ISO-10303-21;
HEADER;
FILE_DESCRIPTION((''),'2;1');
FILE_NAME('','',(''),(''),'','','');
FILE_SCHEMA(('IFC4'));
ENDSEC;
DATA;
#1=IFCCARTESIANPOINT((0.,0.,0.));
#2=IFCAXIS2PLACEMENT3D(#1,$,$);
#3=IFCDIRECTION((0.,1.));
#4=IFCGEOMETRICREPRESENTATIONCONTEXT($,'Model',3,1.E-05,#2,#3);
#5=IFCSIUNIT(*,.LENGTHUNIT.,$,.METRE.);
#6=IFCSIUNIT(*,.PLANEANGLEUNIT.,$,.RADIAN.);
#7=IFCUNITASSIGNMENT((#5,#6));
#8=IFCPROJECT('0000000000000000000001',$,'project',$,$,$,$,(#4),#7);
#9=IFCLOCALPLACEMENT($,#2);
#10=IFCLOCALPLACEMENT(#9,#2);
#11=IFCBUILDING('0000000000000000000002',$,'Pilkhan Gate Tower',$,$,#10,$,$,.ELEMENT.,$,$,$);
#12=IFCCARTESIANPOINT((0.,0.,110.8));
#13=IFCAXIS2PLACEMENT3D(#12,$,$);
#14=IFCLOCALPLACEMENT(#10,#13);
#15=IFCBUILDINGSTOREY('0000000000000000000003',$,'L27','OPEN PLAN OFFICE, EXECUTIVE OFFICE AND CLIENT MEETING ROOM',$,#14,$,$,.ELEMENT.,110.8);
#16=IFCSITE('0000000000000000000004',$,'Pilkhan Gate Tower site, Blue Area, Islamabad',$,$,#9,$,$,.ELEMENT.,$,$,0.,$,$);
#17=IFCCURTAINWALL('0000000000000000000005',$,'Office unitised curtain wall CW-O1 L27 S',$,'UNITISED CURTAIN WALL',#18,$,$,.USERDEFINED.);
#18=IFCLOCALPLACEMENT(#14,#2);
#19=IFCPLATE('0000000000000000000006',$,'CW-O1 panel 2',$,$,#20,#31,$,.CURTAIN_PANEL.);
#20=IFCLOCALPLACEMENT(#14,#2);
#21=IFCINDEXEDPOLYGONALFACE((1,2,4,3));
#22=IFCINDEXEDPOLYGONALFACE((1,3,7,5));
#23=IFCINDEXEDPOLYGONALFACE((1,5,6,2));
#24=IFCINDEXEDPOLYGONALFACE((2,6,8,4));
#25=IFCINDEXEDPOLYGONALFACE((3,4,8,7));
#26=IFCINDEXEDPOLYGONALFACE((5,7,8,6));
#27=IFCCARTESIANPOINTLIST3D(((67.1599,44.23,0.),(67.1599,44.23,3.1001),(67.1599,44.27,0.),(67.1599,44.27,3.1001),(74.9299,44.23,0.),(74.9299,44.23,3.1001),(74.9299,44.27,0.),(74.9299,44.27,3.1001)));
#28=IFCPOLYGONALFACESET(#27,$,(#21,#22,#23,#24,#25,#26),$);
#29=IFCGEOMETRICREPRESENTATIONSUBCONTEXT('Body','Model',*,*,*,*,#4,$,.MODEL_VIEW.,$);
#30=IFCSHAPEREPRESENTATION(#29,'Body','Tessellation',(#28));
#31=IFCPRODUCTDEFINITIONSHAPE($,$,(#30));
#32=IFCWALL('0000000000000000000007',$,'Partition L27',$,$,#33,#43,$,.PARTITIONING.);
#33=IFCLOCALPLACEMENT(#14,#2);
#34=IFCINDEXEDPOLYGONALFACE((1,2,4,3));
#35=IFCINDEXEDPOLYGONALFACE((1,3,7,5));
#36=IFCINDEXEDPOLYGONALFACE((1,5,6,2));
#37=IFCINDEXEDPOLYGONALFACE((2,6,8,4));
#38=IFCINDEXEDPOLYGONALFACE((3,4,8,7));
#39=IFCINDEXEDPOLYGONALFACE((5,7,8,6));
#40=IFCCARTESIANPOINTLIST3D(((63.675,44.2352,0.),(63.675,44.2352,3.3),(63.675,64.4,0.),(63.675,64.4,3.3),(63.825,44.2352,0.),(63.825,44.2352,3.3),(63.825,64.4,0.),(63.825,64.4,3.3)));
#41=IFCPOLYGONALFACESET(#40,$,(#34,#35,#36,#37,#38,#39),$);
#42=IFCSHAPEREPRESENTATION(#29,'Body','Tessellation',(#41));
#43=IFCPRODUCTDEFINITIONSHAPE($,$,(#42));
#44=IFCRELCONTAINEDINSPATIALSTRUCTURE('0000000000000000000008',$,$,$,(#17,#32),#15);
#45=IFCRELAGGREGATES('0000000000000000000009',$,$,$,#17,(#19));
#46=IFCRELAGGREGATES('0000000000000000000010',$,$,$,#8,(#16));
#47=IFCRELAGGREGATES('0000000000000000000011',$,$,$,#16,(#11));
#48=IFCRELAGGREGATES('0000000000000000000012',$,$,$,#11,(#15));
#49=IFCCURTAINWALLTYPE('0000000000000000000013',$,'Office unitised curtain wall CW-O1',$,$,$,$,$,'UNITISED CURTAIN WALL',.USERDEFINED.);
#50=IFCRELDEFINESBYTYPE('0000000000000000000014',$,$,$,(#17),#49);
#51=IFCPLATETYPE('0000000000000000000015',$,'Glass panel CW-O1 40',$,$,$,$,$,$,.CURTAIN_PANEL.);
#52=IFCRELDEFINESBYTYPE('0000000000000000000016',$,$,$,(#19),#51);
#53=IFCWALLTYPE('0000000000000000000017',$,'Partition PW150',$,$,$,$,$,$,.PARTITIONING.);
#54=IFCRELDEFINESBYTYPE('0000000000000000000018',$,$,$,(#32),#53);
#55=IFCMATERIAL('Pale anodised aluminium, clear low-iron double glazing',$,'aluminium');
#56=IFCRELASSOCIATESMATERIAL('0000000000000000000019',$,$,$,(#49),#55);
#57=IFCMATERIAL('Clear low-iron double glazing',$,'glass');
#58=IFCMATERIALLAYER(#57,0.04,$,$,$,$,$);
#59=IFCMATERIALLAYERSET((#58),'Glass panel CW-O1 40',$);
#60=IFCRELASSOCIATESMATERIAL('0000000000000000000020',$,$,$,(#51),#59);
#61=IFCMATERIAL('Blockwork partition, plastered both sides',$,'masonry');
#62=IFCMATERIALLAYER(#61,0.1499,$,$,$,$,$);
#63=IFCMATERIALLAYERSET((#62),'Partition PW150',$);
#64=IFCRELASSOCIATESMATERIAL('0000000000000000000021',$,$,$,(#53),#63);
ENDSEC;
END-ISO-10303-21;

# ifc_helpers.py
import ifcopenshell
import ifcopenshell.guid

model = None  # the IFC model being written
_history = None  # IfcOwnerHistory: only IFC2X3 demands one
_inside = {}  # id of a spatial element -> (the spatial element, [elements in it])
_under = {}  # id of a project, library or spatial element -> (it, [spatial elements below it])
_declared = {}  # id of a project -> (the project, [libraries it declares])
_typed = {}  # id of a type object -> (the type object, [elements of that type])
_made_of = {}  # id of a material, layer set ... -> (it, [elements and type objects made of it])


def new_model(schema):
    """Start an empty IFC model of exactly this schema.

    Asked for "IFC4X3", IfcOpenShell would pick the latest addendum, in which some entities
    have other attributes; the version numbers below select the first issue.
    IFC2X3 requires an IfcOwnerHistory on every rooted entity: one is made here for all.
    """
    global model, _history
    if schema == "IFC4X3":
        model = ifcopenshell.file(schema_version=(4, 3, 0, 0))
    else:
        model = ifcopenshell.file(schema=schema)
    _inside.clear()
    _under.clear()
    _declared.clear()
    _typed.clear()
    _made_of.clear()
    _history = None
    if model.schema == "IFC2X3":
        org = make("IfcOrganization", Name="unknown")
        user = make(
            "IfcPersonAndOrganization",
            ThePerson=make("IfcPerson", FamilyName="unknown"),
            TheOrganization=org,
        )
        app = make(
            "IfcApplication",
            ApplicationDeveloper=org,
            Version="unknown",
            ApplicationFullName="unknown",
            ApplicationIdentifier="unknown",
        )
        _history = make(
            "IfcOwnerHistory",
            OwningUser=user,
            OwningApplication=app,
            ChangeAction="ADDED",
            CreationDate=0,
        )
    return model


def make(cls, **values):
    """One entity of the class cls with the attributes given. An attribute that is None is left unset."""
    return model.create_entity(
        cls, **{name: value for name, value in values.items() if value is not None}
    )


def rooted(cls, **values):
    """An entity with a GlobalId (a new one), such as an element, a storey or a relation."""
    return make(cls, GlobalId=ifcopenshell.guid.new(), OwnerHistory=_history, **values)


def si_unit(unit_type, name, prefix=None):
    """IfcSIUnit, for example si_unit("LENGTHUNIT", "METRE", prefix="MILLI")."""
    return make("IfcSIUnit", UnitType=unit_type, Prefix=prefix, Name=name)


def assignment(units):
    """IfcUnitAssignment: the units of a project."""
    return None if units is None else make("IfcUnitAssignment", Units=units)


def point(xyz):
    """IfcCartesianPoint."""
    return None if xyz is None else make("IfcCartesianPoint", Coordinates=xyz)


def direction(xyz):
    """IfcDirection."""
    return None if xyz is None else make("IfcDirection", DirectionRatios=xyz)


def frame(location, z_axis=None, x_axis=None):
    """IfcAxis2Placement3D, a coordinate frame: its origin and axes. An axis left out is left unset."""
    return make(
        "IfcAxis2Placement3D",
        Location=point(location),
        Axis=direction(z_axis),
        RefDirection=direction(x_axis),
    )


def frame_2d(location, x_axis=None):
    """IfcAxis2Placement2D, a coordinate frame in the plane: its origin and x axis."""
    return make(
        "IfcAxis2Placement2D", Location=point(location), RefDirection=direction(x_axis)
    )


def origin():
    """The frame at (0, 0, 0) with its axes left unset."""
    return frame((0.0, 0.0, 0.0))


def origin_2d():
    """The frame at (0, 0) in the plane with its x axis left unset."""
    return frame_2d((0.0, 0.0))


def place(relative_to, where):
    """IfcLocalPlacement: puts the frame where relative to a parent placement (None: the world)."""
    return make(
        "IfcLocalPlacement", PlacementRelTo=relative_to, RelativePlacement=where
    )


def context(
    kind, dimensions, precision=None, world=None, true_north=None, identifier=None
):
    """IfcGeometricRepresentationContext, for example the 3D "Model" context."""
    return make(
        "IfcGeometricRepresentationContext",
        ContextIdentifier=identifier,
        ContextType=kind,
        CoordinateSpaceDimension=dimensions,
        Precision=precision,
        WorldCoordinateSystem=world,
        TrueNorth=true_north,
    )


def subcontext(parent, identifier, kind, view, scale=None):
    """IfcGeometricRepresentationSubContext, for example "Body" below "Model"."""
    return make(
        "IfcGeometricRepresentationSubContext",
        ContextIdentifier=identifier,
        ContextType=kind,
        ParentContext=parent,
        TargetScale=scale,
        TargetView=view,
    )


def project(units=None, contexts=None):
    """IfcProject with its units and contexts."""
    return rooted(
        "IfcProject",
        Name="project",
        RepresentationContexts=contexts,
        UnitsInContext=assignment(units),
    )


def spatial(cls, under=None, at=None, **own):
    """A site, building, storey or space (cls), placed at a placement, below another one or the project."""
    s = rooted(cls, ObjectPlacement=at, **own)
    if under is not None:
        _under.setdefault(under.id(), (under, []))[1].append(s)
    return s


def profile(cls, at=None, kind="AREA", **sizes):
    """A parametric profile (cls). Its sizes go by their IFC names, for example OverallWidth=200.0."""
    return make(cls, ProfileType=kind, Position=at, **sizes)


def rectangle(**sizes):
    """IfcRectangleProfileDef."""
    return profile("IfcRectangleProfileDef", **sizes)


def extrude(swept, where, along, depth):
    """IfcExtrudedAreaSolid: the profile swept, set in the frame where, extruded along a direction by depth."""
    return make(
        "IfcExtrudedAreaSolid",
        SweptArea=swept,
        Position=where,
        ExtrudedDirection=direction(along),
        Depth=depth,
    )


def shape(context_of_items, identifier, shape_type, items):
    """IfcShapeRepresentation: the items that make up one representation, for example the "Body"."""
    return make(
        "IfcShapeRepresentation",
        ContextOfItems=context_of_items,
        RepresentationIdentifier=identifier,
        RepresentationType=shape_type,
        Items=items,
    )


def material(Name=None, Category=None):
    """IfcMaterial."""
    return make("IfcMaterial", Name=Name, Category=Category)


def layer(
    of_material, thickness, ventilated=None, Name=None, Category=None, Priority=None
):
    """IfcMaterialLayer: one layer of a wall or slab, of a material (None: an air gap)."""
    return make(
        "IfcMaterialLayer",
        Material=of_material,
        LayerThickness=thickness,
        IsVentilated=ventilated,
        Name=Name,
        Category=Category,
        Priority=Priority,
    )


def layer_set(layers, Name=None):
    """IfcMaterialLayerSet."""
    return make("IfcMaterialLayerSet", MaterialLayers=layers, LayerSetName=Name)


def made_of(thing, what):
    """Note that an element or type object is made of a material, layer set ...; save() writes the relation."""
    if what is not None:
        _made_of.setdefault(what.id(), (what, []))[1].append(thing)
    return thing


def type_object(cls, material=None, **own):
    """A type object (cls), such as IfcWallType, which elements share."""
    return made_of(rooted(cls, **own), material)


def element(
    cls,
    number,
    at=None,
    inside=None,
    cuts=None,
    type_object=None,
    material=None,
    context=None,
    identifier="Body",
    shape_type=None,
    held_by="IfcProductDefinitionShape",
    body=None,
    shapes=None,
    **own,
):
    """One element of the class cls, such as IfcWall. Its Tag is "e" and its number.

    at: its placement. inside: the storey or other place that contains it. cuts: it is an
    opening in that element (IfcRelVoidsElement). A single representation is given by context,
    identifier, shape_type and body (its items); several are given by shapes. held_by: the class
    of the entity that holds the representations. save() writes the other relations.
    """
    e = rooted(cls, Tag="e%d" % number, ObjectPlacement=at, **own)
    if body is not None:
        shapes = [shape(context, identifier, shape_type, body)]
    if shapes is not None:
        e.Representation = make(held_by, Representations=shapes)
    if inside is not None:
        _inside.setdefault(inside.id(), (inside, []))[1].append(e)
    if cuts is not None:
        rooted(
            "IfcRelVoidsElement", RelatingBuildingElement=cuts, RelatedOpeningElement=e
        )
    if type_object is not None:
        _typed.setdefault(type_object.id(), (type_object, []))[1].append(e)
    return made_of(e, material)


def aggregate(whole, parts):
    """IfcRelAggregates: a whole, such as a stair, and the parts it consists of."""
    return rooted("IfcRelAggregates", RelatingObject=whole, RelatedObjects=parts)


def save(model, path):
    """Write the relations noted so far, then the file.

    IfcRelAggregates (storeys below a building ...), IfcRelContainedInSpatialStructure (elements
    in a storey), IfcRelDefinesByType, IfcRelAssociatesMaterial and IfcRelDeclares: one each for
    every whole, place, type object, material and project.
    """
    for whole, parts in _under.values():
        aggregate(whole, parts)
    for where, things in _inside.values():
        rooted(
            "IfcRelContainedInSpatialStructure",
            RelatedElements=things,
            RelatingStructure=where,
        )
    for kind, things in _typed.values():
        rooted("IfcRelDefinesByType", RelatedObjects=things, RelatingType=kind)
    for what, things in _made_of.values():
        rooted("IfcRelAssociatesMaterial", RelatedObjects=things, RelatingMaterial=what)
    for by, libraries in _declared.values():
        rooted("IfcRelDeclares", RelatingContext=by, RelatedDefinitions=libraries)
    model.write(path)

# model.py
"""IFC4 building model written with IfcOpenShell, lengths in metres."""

from ifc_helpers import new_model, si_unit, direction, frame, frame_2d, origin, origin_2d, place, context, subcontext, project, spatial, rectangle, extrude, material, layer, layer_set, type_object, element, aggregate, save


model = new_model("IFC4")

# Units and contexts
model_context = context("Model", 3, precision=1e-05, world=origin(), true_north=direction((0.0, 1.0)))
body_context = subcontext(model_context, "Body", "Model", "MODEL_VIEW")
ifc_project = project(units=[si_unit("LENGTHUNIT", "METRE"), si_unit("PLANEANGLEUNIT", "RADIAN")], contexts=[model_context])

# Site, building, storey
site_placement = place(None, origin())
site = spatial("IfcSite", under=ifc_project, at=site_placement, Name="Pilkhan Gate Tower site, Blue Area, Islamabad", CompositionType="ELEMENT", RefElevation=0.0)
building_placement = place(site_placement, origin())
building = spatial("IfcBuilding", under=site, at=building_placement, Name="Pilkhan Gate Tower", CompositionType="ELEMENT")
storey_placement = place(building_placement, frame((0.0, 0.0, 110.8)))
storey = spatial("IfcBuildingStorey", under=building, at=storey_placement, Name="L27", Description="OPEN PLAN OFFICE, EXECUTIVE OFFICE AND CLIENT MEETING ROOM", CompositionType="ELEMENT", Elevation=110.8)

# Shared definitions
ifc_material_1 = material(Name="Pale anodised aluminium, clear low-iron double glazing", Category="aluminium")
curtain_wall_type = type_object("IfcCurtainWallType", Name="Office unitised curtain wall CW-O1", ElementType="UNITISED CURTAIN WALL", PredefinedType="USERDEFINED", material=ifc_material_1)

# Curtain wall
curtain_wall_1_placement = place(storey_placement, origin())
curtain_wall_1 = element("IfcCurtainWall", 1, at=curtain_wall_1_placement, inside=storey, type_object=curtain_wall_type, Name="Office unitised curtain wall CW-O1 L27 S", ObjectType="UNITISED CURTAIN WALL", PredefinedType="USERDEFINED")

# Plate
ifc_material_2 = material(Name="Clear low-iron double glazing", Category="glass")
ifc_layer_1 = layer(ifc_material_2, 0.04)
ifc_layer_set_1 = layer_set([ifc_layer_1], Name="Glass panel CW-O1 40")
plate_type = type_object("IfcPlateType", Name="Glass panel CW-O1 40", PredefinedType="CURTAIN_PANEL", material=ifc_layer_set_1)
plate_1_placement = place(storey_placement, frame((71.0449, 44.25, 0.0), z_axis=(0.0, 0.0, 1.0), x_axis=(1.0, 0.0, 0.0)))
plate_1 = element("IfcPlate", 2, at=plate_1_placement, type_object=plate_type, Name="CW-O1 panel 2", PredefinedType="CURTAIN_PANEL", context=body_context, shape_type="SweptSolid", body=[
    extrude(rectangle(XDim=7.77, YDim=0.04, at=origin_2d()), origin(), (0.0, 0.0, 1.0), 3.1001),
])
aggregate(curtain_wall_1, [plate_1])

# Wall
ifc_material_3 = material(Name="Blockwork partition, plastered both sides", Category="masonry")
ifc_layer_2 = layer(ifc_material_3, 0.1499)
ifc_layer_set_2 = layer_set([ifc_layer_2], Name="Partition PW150")
wall_type = type_object("IfcWallType", Name="Partition PW150", PredefinedType="PARTITIONING", material=ifc_layer_set_2)
wall_placement = place(storey_placement, frame((63.75, 44.2351, 0.0), z_axis=(0.0, 0.0, 1.0), x_axis=(0.0, 1.0, 0.0)))
element("IfcWall", 3, at=wall_placement, inside=storey, type_object=wall_type, Name="Partition L27", PredefinedType="PARTITIONING", context=body_context, shape_type="SweptSolid", body=[
    extrude(rectangle(XDim=20.1648, YDim=0.1499, at=frame_2d((10.0825, 0.0))), origin(), (0.0, 0.0, 1.0), 3.3),
])

save(model, "model.ifc")
